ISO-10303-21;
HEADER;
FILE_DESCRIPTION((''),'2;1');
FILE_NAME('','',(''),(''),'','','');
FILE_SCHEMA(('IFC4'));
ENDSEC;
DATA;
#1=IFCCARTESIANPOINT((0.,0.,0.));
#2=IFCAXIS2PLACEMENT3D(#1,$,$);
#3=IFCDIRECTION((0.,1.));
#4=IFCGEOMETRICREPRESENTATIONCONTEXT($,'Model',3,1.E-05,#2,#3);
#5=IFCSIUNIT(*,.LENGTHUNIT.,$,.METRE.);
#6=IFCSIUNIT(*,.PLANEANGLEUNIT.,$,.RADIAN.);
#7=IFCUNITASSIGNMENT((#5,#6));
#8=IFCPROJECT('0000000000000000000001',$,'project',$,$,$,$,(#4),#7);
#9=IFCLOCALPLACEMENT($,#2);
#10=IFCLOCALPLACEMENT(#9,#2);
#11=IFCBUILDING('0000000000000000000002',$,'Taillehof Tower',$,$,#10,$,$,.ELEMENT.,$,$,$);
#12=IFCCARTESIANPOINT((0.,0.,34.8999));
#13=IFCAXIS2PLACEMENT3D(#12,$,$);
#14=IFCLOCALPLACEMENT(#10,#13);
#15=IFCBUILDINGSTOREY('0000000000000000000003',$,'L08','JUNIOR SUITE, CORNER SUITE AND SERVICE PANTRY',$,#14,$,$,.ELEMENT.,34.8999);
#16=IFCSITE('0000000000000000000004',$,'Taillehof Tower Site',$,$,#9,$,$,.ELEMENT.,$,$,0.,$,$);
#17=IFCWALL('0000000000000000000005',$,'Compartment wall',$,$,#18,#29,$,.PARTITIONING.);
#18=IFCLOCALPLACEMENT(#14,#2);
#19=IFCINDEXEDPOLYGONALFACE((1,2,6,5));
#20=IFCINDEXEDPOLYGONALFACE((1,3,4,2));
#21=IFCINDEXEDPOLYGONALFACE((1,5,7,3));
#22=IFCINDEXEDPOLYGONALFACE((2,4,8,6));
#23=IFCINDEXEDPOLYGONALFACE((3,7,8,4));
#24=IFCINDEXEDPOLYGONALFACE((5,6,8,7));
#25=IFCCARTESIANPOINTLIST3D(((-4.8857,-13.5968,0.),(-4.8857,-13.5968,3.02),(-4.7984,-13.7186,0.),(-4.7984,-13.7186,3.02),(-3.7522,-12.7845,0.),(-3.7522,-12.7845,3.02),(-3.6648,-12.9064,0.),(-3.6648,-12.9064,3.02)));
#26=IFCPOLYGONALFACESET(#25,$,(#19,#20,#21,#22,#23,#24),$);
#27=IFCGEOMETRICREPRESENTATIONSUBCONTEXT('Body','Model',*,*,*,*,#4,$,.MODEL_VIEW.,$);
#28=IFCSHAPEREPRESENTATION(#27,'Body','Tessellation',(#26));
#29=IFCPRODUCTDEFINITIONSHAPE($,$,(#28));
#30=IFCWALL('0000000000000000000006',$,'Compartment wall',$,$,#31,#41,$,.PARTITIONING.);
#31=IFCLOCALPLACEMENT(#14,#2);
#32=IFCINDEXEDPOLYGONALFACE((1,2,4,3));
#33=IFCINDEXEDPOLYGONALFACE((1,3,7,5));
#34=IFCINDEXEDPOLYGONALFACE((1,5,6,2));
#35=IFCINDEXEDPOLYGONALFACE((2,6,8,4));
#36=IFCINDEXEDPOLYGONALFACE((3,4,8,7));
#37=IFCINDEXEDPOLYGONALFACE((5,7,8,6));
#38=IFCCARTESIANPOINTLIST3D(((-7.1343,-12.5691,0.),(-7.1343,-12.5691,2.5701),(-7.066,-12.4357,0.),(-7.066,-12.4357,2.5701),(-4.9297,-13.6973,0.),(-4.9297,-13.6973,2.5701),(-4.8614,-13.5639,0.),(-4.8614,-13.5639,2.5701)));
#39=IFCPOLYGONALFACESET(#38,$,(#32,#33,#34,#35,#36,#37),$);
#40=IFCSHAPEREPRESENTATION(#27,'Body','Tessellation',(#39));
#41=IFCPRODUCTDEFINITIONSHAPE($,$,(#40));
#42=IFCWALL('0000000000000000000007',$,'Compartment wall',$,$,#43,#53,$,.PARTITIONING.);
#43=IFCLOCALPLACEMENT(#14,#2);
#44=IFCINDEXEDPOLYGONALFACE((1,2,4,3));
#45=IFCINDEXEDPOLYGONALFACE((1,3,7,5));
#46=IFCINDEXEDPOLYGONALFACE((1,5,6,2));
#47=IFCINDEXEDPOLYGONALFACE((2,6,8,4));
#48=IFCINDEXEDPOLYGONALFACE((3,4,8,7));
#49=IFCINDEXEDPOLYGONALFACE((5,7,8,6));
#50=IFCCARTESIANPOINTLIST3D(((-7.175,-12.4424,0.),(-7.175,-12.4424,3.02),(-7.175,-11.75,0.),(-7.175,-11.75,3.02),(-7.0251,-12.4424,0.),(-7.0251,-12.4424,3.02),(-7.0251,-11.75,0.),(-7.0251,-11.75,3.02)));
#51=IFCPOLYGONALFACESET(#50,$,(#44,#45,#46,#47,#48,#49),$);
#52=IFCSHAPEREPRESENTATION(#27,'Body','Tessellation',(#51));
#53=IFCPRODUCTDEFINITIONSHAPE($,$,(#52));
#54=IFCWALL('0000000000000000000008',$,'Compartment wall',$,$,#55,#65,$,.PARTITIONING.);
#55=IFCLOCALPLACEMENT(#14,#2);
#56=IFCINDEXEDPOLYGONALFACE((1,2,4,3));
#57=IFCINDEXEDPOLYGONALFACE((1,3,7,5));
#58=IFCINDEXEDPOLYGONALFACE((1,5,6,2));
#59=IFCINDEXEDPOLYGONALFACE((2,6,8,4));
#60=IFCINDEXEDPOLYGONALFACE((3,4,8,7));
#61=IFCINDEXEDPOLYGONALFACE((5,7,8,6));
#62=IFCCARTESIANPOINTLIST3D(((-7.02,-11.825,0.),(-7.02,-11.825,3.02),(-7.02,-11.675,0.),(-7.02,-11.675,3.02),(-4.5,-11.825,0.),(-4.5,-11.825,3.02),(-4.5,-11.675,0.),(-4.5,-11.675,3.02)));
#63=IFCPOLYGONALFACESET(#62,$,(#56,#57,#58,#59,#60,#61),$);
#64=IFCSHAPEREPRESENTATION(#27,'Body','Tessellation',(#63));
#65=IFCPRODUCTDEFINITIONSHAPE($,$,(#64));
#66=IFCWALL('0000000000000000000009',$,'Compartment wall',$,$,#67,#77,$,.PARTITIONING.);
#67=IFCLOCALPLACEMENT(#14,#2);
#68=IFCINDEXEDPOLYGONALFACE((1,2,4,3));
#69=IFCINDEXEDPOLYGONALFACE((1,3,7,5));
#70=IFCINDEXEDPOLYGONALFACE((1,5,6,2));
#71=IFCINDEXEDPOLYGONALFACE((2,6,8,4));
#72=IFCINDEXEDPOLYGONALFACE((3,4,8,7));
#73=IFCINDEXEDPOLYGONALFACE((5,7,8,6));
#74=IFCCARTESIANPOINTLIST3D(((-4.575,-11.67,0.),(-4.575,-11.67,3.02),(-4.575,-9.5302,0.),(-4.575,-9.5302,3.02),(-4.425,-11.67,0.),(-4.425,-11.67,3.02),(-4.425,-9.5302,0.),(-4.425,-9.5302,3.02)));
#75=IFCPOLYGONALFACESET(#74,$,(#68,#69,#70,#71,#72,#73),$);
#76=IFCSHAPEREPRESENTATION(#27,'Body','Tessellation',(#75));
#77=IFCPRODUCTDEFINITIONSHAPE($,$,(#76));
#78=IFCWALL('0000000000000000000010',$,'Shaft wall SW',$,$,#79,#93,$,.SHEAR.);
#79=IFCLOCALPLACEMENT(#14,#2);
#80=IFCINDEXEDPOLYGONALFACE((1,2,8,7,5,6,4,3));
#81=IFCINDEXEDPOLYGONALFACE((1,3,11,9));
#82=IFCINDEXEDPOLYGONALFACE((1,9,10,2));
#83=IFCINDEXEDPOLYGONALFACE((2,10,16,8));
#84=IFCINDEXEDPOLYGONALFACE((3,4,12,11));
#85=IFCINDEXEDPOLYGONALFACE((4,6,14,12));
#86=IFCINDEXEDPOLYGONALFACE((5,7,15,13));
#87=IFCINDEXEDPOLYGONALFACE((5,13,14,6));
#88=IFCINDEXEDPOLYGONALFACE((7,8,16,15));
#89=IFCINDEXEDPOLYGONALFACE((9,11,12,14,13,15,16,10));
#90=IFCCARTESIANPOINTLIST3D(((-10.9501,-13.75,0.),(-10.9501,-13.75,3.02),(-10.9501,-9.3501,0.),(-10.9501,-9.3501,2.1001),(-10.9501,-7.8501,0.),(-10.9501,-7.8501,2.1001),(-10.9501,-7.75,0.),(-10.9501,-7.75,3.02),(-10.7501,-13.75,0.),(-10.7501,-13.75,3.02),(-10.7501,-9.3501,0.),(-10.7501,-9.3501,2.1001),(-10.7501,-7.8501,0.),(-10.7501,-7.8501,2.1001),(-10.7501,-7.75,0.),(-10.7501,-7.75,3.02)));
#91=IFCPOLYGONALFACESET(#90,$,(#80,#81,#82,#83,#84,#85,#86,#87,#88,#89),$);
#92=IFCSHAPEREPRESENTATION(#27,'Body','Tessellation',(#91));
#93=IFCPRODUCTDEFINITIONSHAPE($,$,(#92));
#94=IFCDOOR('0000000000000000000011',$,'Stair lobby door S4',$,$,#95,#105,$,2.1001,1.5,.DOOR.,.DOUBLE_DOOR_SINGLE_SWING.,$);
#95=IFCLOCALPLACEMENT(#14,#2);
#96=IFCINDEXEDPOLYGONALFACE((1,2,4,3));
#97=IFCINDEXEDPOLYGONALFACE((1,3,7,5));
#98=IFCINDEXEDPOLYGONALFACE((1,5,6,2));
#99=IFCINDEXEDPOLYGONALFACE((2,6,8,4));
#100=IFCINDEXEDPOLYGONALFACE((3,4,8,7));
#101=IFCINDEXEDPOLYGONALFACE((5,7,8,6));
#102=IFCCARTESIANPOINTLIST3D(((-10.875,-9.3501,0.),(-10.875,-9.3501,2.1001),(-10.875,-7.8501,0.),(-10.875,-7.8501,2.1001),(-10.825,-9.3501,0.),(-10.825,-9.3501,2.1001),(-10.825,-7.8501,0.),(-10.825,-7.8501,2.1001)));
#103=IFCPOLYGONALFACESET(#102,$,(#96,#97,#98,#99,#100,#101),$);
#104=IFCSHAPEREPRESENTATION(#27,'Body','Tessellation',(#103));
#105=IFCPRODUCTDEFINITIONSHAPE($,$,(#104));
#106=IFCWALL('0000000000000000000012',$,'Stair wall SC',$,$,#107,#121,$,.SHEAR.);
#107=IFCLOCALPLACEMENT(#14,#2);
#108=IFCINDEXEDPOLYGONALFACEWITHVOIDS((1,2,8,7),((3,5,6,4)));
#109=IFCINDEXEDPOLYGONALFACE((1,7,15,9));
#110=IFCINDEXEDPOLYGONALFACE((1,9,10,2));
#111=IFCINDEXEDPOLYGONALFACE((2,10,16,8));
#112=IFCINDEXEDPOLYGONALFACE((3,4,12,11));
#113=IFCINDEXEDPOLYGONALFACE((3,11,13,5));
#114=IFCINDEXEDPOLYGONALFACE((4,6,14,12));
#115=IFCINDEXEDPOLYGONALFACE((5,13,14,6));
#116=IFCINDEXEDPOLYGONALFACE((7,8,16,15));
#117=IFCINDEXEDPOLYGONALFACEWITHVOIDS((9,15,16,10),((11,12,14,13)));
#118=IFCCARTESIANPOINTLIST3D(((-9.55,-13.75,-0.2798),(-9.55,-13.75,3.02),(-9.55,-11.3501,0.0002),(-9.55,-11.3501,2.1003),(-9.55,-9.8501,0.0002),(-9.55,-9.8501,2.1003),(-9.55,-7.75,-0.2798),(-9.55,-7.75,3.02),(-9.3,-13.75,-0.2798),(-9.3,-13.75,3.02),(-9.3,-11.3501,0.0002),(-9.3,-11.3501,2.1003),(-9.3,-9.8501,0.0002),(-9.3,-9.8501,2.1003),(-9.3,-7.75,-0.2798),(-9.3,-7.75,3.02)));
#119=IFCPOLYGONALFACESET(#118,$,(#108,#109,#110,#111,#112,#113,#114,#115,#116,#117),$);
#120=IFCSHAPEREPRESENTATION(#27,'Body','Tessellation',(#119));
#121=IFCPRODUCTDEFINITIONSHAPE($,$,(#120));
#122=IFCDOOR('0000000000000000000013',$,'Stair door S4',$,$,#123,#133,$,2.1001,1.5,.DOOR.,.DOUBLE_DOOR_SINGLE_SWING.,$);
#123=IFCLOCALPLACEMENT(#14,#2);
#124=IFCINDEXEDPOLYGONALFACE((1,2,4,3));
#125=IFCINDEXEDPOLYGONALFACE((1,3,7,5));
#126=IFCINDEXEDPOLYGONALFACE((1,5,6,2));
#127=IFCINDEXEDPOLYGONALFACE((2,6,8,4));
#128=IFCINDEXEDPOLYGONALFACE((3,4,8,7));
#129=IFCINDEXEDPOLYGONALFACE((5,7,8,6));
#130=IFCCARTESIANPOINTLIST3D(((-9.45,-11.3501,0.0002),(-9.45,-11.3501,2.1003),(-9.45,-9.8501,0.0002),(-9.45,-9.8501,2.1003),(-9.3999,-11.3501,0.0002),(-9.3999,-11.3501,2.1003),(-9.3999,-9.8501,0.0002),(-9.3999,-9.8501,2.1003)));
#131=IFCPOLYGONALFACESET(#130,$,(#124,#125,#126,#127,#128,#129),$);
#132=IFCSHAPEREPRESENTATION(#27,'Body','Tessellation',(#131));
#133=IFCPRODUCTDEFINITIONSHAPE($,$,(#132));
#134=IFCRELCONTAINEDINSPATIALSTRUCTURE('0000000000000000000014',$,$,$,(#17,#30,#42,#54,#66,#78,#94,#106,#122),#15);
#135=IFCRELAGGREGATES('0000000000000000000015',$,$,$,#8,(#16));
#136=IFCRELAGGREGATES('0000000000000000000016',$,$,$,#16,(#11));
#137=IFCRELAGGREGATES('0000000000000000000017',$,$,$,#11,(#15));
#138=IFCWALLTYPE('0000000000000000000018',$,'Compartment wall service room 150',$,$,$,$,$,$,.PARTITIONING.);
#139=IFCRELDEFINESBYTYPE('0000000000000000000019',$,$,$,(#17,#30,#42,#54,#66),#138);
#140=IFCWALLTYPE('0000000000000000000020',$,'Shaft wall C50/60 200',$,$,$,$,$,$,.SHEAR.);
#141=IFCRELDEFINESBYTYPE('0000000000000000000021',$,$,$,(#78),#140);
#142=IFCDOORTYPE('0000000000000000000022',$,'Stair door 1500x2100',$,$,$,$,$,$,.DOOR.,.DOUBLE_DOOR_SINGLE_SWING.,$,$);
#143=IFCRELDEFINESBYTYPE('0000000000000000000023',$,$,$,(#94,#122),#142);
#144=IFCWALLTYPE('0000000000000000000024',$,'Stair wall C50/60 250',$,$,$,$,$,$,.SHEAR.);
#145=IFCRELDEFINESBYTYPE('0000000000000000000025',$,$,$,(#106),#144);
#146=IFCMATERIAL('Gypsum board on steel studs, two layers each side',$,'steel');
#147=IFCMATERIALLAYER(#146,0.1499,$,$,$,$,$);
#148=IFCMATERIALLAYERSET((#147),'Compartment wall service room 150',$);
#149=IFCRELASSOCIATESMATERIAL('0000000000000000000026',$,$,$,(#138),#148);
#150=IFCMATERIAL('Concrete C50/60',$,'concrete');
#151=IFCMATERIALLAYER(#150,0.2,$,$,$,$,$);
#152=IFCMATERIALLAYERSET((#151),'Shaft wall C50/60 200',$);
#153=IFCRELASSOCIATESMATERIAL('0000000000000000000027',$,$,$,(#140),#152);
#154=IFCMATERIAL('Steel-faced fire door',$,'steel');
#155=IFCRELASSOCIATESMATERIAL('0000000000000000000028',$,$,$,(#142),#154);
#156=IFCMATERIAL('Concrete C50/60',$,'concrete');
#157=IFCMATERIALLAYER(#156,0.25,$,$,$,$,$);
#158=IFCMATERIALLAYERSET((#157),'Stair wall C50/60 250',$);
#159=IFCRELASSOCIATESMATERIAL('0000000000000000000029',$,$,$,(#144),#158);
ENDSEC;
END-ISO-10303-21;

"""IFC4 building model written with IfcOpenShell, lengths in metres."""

from ifc_helpers import new_model, si_unit, direction, frame, frame_2d, origin, place, context, subcontext, project, spatial, rectangle, extrude, material, layer, layer_set, type_object, element, fill, save


model = new_model("IFC4")

# Units and contexts
model_context = context("Model", 3, precision=1e-05, world=origin(), true_north=direction((0.0, 1.0)))
body_context = subcontext(model_context, "Body", "Model", "MODEL_VIEW")
ifc_project = project(units=[si_unit("LENGTHUNIT", "METRE"), si_unit("PLANEANGLEUNIT", "RADIAN")], contexts=[model_context])

# Site, building, storey
site_placement = place(None, origin())
site = spatial("IfcSite", under=ifc_project, at=site_placement, Name="Taillehof Tower Site", CompositionType="ELEMENT", RefElevation=0.0)
building_placement = place(site_placement, origin())
building = spatial("IfcBuilding", under=site, at=building_placement, Name="Taillehof Tower", CompositionType="ELEMENT")
storey_placement = place(building_placement, frame((0.0, 0.0, 34.8999)))
storey = spatial("IfcBuildingStorey", under=building, at=storey_placement, Name="L08", Description="JUNIOR SUITE, CORNER SUITE AND SERVICE PANTRY", CompositionType="ELEMENT", Elevation=34.8999)

# Shared definitions
ifc_material_1 = material(Name="Gypsum board on steel studs, two layers each side", Category="steel")
ifc_layer_1 = layer(ifc_material_1, 0.1499)
ifc_layer_set_1 = layer_set([ifc_layer_1], Name="Compartment wall service room 150")
wall_type_1 = type_object("IfcWallType", Name="Compartment wall service room 150", PredefinedType="PARTITIONING", material=ifc_layer_set_1)

# Walls
wall_1_placement = place(storey_placement, frame((-3.7085, -12.8455, 0.0), z_axis=(0.0, 0.0, 1.0), x_axis=(-0.812857, -0.582463, 0.0)))
element("IfcWall", 1, at=wall_1_placement, inside=storey, type_object=wall_type_1, Name="Compartment wall", PredefinedType="PARTITIONING", context=body_context, shape_type="SweptSolid", body=[
    extrude(rectangle(XDim=1.3945, YDim=0.1499, at=frame_2d((0.6973, 0.0))), origin(), (0.0, 0.0, 1.0), 3.02),
])
wall_2_placement = place(storey_placement, frame((-4.8955, -13.6306, 0.0), z_axis=(0.0, 0.0, 1.0), x_axis=(-0.890208, 0.455554, 0.0)))
element("IfcWall", 2, at=wall_2_placement, inside=storey, type_object=wall_type_1, Name="Compartment wall", PredefinedType="PARTITIONING", context=body_context, shape_type="SweptSolid", body=[
    extrude(rectangle(XDim=2.4766, YDim=0.1499, at=frame_2d((1.2383, 0.0))), origin(), (0.0, 0.0, 1.0), 2.5701),
])
wall_3_placement = place(storey_placement, frame((-7.1001, -12.4424, 0.0), z_axis=(0.0, 0.0, 1.0), x_axis=(0.0, 1.0, 0.0)))
element("IfcWall", 3, at=wall_3_placement, inside=storey, type_object=wall_type_1, Name="Compartment wall", PredefinedType="PARTITIONING", context=body_context, shape_type="SweptSolid", body=[
    extrude(rectangle(XDim=0.6924, YDim=0.1499, at=frame_2d((0.3462, 0.0))), origin(), (0.0, 0.0, 1.0), 3.02),
])
wall_4_placement = place(storey_placement, frame((-7.02, -11.75, 0.0), z_axis=(0.0, 0.0, 1.0), x_axis=(1.0, 0.0, 0.0)))
element("IfcWall", 4, at=wall_4_placement, inside=storey, type_object=wall_type_1, Name="Compartment wall", PredefinedType="PARTITIONING", context=body_context, shape_type="SweptSolid", body=[
    extrude(rectangle(XDim=2.52, YDim=0.1499, at=frame_2d((1.26, 0.0))), origin(), (0.0, 0.0, 1.0), 3.02),
])
wall_5_placement = place(storey_placement, frame((-4.5, -11.6699, 0.0), z_axis=(0.0, 0.0, 1.0), x_axis=(0.0, 1.0, 0.0)))
element("IfcWall", 5, at=wall_5_placement, inside=storey, type_object=wall_type_1, Name="Compartment wall", PredefinedType="PARTITIONING", context=body_context, shape_type="SweptSolid", body=[
    extrude(rectangle(XDim=2.1399, YDim=0.1499, at=frame_2d((1.0698, 0.0))), origin(), (0.0, 0.0, 1.0), 3.02),
])

# Walls, openings, doors
ifc_material_2 = material(Name="Concrete C50/60", Category="concrete")
ifc_layer_2 = layer(ifc_material_2, 0.2)
ifc_layer_set_2 = layer_set([ifc_layer_2], Name="Shaft wall C50/60 200")
wall_type_2 = type_object("IfcWallType", Name="Shaft wall C50/60 200", PredefinedType="SHEAR", material=ifc_layer_set_2)
wall_6_placement = place(storey_placement, frame((-10.8501, -13.75, 0.0), z_axis=(0.0, 0.0, 1.0), x_axis=(0.0, 1.0, 0.0)))
wall_6 = element("IfcWall", 6, at=wall_6_placement, inside=storey, type_object=wall_type_2, Name="Shaft wall SW", PredefinedType="SHEAR", context=body_context, shape_type="SweptSolid", body=[
    extrude(rectangle(XDim=6.0, YDim=0.2, at=frame_2d((3.0, 0.0))), origin(), (0.0, 0.0, 1.0), 3.02),
])
opening_1_placement = place(wall_6_placement, frame((4.3999, 0.0, 0.0)))
opening_1 = element("IfcOpeningElement", 7, at=opening_1_placement, cuts=wall_6, PredefinedType="OPENING", context=body_context, shape_type="SweptSolid", body=[
    extrude(rectangle(XDim=1.5, YDim=2.1001, at=frame_2d((0.75, 1.05))), frame((0.0, 0.1099, 0.0), z_axis=(0.0, -1.0, 0.0), x_axis=(1.0, 0.0, 0.0)), (0.0, 0.0, 1.0), 0.22),
])
ifc_material_3 = material(Name="Steel-faced fire door", Category="steel")
door_type_1 = type_object("IfcDoorType", Name="Stair door 1500x2100", OperationType="DOUBLE_DOOR_SINGLE_SWING", PredefinedType="DOOR", material=ifc_material_3)
door_1_placement = place(opening_1_placement, origin())
door_1 = element("IfcDoor", 8, at=door_1_placement, inside=storey, type_object=door_type_1, Name="Stair lobby door S4", OperationType="DOUBLE_DOOR_SINGLE_SWING", OverallHeight=2.1001, OverallWidth=1.5, PredefinedType="DOOR", context=body_context, shape_type="SweptSolid", body=[
    extrude(rectangle(XDim=1.5, YDim=2.1001, at=frame_2d((0.75, 1.05))), frame((0.0, 0.0249, 0.0), z_axis=(0.0, -1.0, 0.0), x_axis=(1.0, 0.0, 0.0)), (0.0, 0.0, 1.0), 0.05),
])
fill(opening_1, door_1)
ifc_material_4 = material(Name="Concrete C50/60", Category="concrete")
ifc_layer_3 = layer(ifc_material_4, 0.25)
ifc_layer_set_3 = layer_set([ifc_layer_3], Name="Stair wall C50/60 250")
wall_type_3 = type_object("IfcWallType", Name="Stair wall C50/60 250", PredefinedType="SHEAR", material=ifc_layer_set_3)
wall_7_placement = place(storey_placement, frame((-9.425, -13.75, -0.2798), z_axis=(0.0, 0.0, 1.0), x_axis=(0.0, 1.0, 0.0)))
wall_7 = element("IfcWall", 9, at=wall_7_placement, inside=storey, type_object=wall_type_3, Name="Stair wall SC", PredefinedType="SHEAR", context=body_context, shape_type="SweptSolid", body=[
    extrude(rectangle(XDim=6.0, YDim=0.25, at=frame_2d((3.0, 0.0))), origin(), (0.0, 0.0, 1.0), 3.2998),
])
opening_2_placement = place(wall_7_placement, frame((2.3999, 0.0, 0.28)))
opening_2 = element("IfcOpeningElement", 10, at=opening_2_placement, cuts=wall_7, PredefinedType="OPENING", context=body_context, shape_type="SweptSolid", body=[
    extrude(rectangle(XDim=1.5, YDim=2.1001, at=frame_2d((0.75, 1.05))), frame((0.0, 0.135, 0.0), z_axis=(0.0, -1.0, 0.0), x_axis=(1.0, 0.0, 0.0)), (0.0, 0.0, 1.0), 0.27),
])
door_2_placement = place(opening_2_placement, origin())
door_2 = element("IfcDoor", 11, at=door_2_placement, inside=storey, type_object=door_type_1, Name="Stair door S4", OperationType="DOUBLE_DOOR_SINGLE_SWING", OverallHeight=2.1001, OverallWidth=1.5, PredefinedType="DOOR", context=body_context, shape_type="SweptSolid", body=[
    extrude(rectangle(XDim=1.5, YDim=2.1001, at=frame_2d((0.75, 1.05))), frame((0.0, 0.0249, 0.0), z_axis=(0.0, -1.0, 0.0), x_axis=(1.0, 0.0, 0.0)), (0.0, 0.0, 1.0), 0.05),
])
fill(opening_2, door_2)

save(model, "model.ifc")
